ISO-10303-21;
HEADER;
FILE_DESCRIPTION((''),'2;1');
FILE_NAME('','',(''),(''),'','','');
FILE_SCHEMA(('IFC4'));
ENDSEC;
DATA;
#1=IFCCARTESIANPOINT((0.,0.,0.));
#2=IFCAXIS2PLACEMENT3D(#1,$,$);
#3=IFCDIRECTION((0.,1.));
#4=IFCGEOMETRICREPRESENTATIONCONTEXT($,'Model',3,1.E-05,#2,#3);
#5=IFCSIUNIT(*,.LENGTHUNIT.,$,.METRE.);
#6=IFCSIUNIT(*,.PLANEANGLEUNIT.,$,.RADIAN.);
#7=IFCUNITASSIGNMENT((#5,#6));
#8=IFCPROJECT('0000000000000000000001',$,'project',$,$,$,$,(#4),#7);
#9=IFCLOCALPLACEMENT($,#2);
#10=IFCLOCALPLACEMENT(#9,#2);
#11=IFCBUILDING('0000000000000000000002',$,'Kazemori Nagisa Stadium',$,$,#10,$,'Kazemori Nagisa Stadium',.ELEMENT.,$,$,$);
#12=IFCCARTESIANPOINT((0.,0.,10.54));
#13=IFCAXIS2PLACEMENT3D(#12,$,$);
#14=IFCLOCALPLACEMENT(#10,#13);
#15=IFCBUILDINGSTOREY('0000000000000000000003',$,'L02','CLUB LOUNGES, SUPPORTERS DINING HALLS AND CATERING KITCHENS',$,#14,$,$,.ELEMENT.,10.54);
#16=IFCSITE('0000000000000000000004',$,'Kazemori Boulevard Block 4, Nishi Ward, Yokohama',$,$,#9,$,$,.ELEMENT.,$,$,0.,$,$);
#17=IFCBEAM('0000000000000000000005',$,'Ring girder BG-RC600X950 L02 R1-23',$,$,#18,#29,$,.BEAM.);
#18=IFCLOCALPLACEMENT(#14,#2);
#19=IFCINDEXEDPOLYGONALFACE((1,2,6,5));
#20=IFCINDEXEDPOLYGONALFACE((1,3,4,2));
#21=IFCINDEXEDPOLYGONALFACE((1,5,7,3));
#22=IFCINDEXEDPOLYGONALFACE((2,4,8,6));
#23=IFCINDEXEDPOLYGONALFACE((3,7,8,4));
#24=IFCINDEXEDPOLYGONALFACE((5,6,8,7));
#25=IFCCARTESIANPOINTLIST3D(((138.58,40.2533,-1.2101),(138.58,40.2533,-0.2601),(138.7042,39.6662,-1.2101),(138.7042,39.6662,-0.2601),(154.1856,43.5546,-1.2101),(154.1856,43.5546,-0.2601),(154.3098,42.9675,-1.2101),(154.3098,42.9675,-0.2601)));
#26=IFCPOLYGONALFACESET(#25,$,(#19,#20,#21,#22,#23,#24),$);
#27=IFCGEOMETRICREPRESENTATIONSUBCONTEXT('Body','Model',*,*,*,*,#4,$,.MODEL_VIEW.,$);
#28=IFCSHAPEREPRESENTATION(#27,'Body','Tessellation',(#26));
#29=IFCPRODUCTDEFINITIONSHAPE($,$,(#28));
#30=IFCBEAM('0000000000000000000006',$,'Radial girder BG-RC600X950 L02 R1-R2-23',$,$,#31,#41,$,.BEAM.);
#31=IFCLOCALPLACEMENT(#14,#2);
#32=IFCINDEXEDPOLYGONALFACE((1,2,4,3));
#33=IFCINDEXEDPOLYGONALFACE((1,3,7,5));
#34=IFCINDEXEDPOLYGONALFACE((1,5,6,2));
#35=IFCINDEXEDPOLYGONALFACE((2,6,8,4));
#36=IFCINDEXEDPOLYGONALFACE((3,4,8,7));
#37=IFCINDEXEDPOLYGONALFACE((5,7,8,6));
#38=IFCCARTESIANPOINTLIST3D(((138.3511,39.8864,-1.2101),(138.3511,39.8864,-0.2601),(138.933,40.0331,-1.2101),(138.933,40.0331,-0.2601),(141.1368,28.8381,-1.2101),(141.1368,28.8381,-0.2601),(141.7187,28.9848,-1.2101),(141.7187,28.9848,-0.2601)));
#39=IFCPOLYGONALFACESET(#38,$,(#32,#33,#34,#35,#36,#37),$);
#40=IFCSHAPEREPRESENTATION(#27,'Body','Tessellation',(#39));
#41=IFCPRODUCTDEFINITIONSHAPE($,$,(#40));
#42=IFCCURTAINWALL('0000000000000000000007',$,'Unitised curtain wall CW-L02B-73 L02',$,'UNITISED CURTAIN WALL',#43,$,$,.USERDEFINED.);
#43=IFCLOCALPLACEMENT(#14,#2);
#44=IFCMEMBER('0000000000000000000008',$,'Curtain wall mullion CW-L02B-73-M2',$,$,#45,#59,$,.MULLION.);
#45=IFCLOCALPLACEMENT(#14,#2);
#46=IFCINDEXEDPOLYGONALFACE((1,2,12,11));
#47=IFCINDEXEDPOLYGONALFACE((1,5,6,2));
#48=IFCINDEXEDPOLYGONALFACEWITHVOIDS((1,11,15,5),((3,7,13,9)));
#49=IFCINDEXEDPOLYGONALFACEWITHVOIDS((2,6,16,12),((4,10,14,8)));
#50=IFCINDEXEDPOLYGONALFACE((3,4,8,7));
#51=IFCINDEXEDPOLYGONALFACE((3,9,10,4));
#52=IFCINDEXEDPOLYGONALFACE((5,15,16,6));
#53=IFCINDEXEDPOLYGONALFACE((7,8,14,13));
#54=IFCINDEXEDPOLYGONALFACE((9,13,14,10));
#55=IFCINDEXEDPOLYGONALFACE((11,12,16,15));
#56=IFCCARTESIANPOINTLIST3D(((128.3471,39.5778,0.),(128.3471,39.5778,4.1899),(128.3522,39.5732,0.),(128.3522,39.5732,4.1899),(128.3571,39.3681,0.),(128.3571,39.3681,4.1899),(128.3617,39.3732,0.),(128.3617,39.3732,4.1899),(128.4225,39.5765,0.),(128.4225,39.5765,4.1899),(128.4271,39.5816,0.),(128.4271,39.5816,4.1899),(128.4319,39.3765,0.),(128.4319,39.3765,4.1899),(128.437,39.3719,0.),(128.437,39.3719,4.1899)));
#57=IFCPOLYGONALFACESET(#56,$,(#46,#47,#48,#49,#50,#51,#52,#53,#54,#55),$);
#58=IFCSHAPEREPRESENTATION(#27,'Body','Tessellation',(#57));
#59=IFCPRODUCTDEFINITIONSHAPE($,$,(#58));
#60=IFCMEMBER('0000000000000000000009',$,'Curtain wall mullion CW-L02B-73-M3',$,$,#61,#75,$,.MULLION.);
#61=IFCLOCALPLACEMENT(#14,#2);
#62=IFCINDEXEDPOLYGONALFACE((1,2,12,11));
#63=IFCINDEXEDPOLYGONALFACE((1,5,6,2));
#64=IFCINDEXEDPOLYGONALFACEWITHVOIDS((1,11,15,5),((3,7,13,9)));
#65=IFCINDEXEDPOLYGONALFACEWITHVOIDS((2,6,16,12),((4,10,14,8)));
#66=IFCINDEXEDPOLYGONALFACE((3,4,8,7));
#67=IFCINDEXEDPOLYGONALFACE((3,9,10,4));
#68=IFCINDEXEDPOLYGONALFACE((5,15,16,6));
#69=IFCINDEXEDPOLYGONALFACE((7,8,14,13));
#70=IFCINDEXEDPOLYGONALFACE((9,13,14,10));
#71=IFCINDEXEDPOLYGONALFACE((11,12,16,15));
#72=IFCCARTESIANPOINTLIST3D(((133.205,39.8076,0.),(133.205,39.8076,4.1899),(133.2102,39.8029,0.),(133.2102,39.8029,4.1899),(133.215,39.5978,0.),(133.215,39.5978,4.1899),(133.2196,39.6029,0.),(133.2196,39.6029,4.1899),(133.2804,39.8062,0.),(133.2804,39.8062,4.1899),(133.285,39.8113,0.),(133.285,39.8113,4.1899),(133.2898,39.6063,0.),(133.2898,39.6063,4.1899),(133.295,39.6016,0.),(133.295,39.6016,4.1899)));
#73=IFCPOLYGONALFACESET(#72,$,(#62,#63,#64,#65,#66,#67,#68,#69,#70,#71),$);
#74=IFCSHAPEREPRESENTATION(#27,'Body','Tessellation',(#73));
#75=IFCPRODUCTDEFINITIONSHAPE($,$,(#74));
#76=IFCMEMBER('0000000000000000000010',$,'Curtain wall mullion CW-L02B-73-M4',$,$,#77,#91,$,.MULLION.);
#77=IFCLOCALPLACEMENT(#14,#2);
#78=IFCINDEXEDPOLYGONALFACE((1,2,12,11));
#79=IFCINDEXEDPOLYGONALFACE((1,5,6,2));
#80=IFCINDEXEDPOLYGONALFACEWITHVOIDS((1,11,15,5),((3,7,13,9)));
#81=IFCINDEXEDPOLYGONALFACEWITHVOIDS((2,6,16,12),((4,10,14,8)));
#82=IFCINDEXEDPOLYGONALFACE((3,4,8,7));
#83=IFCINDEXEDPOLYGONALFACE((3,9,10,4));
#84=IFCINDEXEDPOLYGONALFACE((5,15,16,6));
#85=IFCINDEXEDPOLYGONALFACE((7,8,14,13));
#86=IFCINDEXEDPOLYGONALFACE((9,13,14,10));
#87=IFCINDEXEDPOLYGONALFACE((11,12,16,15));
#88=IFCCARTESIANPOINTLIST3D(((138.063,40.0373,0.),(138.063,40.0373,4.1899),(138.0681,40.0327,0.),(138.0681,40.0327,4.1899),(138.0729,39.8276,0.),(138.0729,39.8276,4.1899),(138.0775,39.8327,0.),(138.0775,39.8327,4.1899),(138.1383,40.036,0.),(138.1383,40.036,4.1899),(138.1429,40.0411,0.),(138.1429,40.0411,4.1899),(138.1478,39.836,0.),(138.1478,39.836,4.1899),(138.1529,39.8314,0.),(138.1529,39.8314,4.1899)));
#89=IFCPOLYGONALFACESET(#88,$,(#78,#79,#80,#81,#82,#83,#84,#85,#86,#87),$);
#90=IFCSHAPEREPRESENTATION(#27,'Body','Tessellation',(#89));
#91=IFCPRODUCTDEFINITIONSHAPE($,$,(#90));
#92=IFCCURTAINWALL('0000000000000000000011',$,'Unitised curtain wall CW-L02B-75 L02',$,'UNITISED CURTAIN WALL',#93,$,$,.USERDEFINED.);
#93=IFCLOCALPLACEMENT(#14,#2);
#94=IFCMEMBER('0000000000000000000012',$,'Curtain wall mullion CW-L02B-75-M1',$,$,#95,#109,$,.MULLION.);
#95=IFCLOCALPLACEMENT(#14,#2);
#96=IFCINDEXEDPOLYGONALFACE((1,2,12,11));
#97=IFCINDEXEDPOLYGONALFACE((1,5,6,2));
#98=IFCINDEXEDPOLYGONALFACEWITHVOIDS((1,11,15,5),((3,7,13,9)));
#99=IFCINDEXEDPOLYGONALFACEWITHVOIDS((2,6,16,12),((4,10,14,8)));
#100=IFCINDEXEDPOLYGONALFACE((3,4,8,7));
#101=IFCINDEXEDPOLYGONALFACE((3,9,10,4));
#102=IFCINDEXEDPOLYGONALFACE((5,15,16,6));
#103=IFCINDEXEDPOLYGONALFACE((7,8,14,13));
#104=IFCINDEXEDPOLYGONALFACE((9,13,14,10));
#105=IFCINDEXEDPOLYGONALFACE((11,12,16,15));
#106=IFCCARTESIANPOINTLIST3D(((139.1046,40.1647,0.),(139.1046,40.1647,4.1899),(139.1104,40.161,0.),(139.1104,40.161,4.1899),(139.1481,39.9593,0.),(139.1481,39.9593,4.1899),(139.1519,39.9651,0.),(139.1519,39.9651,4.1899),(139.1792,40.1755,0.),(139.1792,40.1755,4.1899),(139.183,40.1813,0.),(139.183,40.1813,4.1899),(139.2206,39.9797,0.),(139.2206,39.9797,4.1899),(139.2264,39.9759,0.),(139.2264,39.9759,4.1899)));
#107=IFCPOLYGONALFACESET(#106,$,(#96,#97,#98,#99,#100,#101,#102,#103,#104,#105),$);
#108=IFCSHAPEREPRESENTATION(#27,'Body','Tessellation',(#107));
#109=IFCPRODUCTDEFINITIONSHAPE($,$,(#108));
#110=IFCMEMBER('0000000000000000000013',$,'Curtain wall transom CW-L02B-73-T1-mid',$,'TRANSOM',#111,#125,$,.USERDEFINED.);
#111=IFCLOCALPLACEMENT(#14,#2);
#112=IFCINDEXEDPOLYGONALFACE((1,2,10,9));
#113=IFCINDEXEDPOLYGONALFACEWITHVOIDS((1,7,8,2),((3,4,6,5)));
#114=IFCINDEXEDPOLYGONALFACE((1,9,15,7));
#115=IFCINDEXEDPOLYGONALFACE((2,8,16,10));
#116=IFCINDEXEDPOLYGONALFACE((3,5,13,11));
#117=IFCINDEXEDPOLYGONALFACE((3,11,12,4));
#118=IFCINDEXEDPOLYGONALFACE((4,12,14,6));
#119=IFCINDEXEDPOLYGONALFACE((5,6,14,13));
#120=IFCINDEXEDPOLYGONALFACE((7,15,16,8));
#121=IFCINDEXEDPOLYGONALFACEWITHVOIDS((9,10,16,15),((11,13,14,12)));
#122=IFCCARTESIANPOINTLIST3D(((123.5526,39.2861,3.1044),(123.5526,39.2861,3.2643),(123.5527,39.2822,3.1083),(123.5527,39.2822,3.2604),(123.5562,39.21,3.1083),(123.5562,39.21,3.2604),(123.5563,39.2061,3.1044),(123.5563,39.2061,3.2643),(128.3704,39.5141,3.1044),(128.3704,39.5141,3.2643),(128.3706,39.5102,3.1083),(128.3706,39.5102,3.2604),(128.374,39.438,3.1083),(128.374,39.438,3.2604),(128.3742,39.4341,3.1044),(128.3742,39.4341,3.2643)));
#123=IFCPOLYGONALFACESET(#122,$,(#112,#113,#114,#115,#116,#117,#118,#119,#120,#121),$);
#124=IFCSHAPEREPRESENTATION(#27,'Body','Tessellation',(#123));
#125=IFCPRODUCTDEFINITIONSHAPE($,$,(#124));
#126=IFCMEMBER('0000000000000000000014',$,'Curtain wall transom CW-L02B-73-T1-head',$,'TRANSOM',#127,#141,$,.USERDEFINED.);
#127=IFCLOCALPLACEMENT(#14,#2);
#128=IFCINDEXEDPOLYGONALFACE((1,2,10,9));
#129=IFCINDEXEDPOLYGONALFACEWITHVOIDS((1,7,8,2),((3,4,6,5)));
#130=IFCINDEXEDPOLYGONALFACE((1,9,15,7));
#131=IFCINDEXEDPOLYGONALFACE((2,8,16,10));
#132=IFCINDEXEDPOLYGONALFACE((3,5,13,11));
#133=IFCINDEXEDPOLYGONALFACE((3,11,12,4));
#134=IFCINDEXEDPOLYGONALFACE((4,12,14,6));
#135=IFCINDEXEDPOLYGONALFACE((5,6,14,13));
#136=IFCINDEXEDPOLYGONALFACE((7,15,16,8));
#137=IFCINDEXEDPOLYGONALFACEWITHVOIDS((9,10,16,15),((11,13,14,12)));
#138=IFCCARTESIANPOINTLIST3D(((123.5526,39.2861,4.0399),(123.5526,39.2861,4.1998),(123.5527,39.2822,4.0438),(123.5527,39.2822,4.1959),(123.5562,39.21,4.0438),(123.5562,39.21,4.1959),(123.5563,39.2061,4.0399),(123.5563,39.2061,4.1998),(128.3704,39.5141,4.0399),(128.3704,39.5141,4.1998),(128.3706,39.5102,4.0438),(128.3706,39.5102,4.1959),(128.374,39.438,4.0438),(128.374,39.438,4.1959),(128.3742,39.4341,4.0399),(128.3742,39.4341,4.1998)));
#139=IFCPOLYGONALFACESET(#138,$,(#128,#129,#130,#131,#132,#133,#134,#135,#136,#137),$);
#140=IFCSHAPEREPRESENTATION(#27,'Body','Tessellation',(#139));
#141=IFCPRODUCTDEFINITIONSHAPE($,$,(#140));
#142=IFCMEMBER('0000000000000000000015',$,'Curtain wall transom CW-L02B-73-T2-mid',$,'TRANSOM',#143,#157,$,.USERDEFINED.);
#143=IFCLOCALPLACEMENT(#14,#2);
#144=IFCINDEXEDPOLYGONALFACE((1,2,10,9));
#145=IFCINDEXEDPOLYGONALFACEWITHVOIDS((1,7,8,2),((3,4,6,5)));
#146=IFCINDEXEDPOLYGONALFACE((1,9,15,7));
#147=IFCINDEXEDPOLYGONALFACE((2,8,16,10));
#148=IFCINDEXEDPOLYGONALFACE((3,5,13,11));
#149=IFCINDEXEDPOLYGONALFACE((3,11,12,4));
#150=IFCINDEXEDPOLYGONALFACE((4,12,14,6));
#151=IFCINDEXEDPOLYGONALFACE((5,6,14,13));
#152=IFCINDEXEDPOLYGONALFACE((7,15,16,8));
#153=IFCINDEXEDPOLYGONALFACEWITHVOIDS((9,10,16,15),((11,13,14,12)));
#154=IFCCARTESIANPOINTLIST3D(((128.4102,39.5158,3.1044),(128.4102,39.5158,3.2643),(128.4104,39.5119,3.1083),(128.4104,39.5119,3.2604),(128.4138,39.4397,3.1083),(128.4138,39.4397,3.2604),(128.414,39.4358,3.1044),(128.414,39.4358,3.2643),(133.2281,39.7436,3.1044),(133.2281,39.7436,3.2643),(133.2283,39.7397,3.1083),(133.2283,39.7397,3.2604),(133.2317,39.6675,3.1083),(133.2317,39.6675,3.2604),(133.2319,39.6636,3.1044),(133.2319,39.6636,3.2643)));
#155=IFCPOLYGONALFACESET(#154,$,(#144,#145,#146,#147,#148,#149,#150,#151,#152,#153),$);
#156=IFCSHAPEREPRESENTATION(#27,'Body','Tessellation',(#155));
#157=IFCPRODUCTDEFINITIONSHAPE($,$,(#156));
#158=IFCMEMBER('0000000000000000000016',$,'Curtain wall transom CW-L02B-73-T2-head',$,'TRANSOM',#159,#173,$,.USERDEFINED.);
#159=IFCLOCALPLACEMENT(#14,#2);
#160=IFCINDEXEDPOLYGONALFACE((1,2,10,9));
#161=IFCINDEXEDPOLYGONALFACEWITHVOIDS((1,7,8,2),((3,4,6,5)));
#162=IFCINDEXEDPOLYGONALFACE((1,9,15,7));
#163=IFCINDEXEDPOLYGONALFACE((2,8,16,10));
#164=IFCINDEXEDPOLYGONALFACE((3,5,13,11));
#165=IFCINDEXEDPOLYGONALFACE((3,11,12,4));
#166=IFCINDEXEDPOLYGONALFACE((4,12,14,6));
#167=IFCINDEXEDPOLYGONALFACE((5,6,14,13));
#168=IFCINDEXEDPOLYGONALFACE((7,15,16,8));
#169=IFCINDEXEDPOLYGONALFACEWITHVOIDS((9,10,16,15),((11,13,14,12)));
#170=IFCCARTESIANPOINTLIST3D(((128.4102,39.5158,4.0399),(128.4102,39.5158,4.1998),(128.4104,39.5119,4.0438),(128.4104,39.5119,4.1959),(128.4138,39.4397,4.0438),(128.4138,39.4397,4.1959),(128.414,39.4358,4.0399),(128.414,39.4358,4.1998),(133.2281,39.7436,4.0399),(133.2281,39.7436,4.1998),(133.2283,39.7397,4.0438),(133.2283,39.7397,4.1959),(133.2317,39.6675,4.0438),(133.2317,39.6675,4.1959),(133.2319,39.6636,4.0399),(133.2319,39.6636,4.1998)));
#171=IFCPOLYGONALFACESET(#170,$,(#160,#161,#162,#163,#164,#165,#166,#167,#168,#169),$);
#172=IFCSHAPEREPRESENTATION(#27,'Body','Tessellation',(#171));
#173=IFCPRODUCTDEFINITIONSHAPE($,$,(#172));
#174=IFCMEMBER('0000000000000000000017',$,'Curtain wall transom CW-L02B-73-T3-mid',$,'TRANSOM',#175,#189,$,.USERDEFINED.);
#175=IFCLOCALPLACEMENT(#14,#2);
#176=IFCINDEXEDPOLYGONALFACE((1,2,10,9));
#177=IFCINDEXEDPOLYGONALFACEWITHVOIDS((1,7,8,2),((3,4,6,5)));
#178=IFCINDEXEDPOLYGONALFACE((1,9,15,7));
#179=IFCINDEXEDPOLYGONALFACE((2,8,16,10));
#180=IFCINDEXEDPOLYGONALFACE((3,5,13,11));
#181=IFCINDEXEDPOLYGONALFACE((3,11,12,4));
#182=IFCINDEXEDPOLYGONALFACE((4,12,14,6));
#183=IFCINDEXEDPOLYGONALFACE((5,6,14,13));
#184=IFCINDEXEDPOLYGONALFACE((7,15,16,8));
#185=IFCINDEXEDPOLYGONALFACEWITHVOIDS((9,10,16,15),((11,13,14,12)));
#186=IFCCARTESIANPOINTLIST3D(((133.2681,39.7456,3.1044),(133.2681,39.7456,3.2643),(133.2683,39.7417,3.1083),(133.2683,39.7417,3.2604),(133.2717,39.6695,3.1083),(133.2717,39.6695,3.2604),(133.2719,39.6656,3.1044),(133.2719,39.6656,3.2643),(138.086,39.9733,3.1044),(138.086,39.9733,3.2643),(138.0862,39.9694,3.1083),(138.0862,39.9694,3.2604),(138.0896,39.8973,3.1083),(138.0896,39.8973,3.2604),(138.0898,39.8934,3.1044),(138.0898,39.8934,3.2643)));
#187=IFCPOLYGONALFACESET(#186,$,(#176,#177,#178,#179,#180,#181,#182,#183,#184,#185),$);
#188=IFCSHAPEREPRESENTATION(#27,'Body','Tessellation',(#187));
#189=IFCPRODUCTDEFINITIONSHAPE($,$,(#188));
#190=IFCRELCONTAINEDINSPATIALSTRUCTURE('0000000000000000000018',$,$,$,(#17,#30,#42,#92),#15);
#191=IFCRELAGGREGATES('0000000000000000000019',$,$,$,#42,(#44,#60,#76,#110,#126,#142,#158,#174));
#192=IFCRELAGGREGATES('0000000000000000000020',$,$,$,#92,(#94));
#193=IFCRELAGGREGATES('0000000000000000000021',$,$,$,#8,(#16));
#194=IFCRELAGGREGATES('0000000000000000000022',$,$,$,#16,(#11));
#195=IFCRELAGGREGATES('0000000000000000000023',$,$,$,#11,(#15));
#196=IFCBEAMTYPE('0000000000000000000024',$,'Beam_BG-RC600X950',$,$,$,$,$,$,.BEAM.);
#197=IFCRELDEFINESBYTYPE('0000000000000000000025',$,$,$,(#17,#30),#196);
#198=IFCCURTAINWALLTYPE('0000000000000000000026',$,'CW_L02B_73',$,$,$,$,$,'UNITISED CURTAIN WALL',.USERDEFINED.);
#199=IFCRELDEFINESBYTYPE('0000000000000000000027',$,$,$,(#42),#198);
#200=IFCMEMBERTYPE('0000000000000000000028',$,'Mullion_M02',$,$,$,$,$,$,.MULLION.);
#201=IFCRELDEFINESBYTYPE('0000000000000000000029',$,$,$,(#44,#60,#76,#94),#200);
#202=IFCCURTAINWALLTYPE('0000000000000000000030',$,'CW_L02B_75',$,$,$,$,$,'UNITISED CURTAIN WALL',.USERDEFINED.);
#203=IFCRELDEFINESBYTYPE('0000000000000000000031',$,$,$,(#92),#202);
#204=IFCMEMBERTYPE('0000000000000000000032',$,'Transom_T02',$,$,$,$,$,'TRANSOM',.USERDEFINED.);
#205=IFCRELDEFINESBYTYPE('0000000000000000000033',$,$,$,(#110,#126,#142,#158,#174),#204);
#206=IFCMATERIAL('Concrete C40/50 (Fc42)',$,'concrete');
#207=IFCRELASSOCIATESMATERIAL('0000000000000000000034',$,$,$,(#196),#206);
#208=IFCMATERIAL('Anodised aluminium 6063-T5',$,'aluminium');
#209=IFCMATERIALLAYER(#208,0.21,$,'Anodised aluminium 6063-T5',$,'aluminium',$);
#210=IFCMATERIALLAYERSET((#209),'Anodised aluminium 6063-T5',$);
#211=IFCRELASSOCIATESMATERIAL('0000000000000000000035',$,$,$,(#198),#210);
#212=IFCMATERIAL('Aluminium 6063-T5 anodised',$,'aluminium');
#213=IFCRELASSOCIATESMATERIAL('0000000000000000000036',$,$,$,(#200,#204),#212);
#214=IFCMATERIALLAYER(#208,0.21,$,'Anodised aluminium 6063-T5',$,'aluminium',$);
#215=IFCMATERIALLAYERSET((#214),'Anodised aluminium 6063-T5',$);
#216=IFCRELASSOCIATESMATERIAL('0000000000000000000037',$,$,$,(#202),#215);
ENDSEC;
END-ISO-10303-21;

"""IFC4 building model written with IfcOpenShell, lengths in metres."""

from ifc_helpers import new_model, si_unit, direction, frame, origin, origin_2d, place, context, subcontext, project, spatial, rectangle, hollow_rectangle, extrude, material, layer, layer_set, material_profile, profile_set, type_object, element, aggregate, save


model = new_model("IFC4")

# Units and contexts
model_context = context("Model", 3, precision=1e-05, world=origin(), true_north=direction((0.0, 1.0)))
body_context = subcontext(model_context, "Body", "Model", "MODEL_VIEW")
ifc_project = project(units=[si_unit("LENGTHUNIT", "METRE"), si_unit("PLANEANGLEUNIT", "RADIAN")], contexts=[model_context])

# Site, building, storey
site_placement = place(None, origin())
site = spatial("IfcSite", under=ifc_project, at=site_placement, Name="Kazemori Boulevard Block 4, Nishi Ward, Yokohama", CompositionType="ELEMENT", RefElevation=0.0)
building_placement = place(site_placement, origin())
building = spatial("IfcBuilding", under=site, at=building_placement, Name="Kazemori Nagisa Stadium", LongName="Kazemori Nagisa Stadium", CompositionType="ELEMENT")
storey_placement = place(building_placement, frame((0.0, 0.0, 10.54)))
storey = spatial("IfcBuildingStorey", under=building, at=storey_placement, Name="L02", Description="CLUB LOUNGES, SUPPORTERS DINING HALLS AND CATERING KITCHENS", CompositionType="ELEMENT", Elevation=10.54)

# Shared definitions
ifc_material_1 = material(Name="Concrete C40/50 (Fc42)", Category="concrete")

# Beams
ifc_material_profile_1 = material_profile(ifc_material_1, rectangle(XDim=0.6001, YDim=0.95, at=origin_2d()), Name="RC-BM-600x950")
ifc_profile_set_1 = profile_set([ifc_material_profile_1], Name="Concrete C40/50 (Fc42)")
beam_type = type_object("IfcBeamType", Name="Beam_BG-RC600X950", PredefinedType="BEAM", material=ifc_profile_set_1)
beam_1_placement = place(storey_placement, frame((138.6421, 39.9597, -0.7351), z_axis=(0.978348, 0.206965, 0.0), x_axis=(-0.206965, 0.978348, 0.0)))
element("IfcBeam", 1, at=beam_1_placement, inside=storey, type_object=beam_type, Name="Ring girder BG-RC600X950 L02 R1-23", PredefinedType="BEAM", context=body_context, shape_type="SweptSolid", body=[
    extrude(rectangle(XDim=0.6001, YDim=0.95, at=origin_2d()), origin(), (0.0, 0.0, 1.0), 15.9509),
])
beam_2_placement = place(storey_placement, frame((138.6421, 39.9597, -0.7351), z_axis=(0.244481, -0.969654, 0.0), x_axis=(0.969654, 0.244481, 0.0)))
element("IfcBeam", 2, at=beam_2_placement, inside=storey, type_object=beam_type, Name="Radial girder BG-RC600X950 L02 R1-R2-23", PredefinedType="BEAM", context=body_context, shape_type="SweptSolid", body=[
    extrude(rectangle(XDim=0.6001, YDim=0.95, at=origin_2d()), origin(), (0.0, 0.0, 1.0), 11.394),
])

# Curtain wall, members
ifc_material_2 = material(Name="Anodised aluminium 6063-T5", Category="aluminium")
ifc_layer_1 = layer(ifc_material_2, 0.21, Name="Anodised aluminium 6063-T5", Category="aluminium")
ifc_layer_set_1 = layer_set([ifc_layer_1], Name="Anodised aluminium 6063-T5")
curtain_wall_type_1 = type_object("IfcCurtainWallType", Name="CW_L02B_73", ElementType="UNITISED CURTAIN WALL", PredefinedType="USERDEFINED", material=ifc_layer_set_1)
curtain_wall_1_placement = place(storey_placement, origin())
curtain_wall_1 = element("IfcCurtainWall", 3, at=curtain_wall_1_placement, inside=storey, type_object=curtain_wall_type_1, Name="Unitised curtain wall CW-L02B-73 L02", ObjectType="UNITISED CURTAIN WALL", PredefinedType="USERDEFINED")
ifc_material_3 = material(Name="Aluminium 6063-T5 anodised", Category="aluminium")
ifc_material_profile_2 = material_profile(ifc_material_3, hollow_rectangle(XDim=0.0801, YDim=0.21, WallThickness=0.0049, at=origin_2d()), Name="ALU-MULL-80x210x5")
ifc_profile_set_2 = profile_set([ifc_material_profile_2], Name="Aluminium 6063-T5 anodised")
member_type_1 = type_object("IfcMemberType", Name="Mullion_M02", PredefinedType="MULLION", material=ifc_profile_set_2)
member_1_placement = place(storey_placement, frame((128.3921, 39.4749, 0.0), z_axis=(0.0, 0.0, 1.0), x_axis=(0.998884, 0.04723, 0.0)))
member_1 = element("IfcMember", 4, at=member_1_placement, type_object=member_type_1, Name="Curtain wall mullion CW-L02B-73-M2", PredefinedType="MULLION", context=body_context, shape_type="SweptSolid", body=[
    extrude(hollow_rectangle(XDim=0.0801, YDim=0.21, WallThickness=0.0049, at=origin_2d()), origin(), (0.0, 0.0, 1.0), 4.1899),
])
member_2_placement = place(storey_placement, frame((133.25, 39.7046, 0.0), z_axis=(0.0, 0.0, 1.0), x_axis=(0.998884, 0.04723, 0.0)))
member_2 = element("IfcMember", 5, at=member_2_placement, type_object=member_type_1, Name="Curtain wall mullion CW-L02B-73-M3", PredefinedType="MULLION", context=body_context, shape_type="SweptSolid", body=[
    extrude(hollow_rectangle(XDim=0.0801, YDim=0.21, WallThickness=0.0049, at=origin_2d()), origin(), (0.0, 0.0, 1.0), 4.1899),
])
member_3_placement = place(storey_placement, frame((138.1079, 39.9343, 0.0), z_axis=(0.0, 0.0, 1.0), x_axis=(0.998884, 0.04723, 0.0)))
member_3 = element("IfcMember", 6, at=member_3_placement, type_object=member_type_1, Name="Curtain wall mullion CW-L02B-73-M4", PredefinedType="MULLION", context=body_context, shape_type="SweptSolid", body=[
    extrude(hollow_rectangle(XDim=0.0801, YDim=0.21, WallThickness=0.0049, at=origin_2d()), origin(), (0.0, 0.0, 1.0), 4.1899),
])

# Curtain wall, member
ifc_layer_2 = layer(ifc_material_2, 0.21, Name="Anodised aluminium 6063-T5", Category="aluminium")
ifc_layer_set_2 = layer_set([ifc_layer_2], Name="Anodised aluminium 6063-T5")
curtain_wall_type_2 = type_object("IfcCurtainWallType", Name="CW_L02B_75", ElementType="UNITISED CURTAIN WALL", PredefinedType="USERDEFINED", material=ifc_layer_set_2)
curtain_wall_2_placement = place(storey_placement, origin())
curtain_wall_2 = element("IfcCurtainWall", 7, at=curtain_wall_2_placement, inside=storey, type_object=curtain_wall_type_2, Name="Unitised curtain wall CW-L02B-75 L02", ObjectType="UNITISED CURTAIN WALL", PredefinedType="USERDEFINED")
member_4_placement = place(storey_placement, frame((139.1655, 40.0703, 0.0), z_axis=(0.0, 0.0, 1.0), x_axis=(0.978345, 0.206981, 0.0)))
member_4 = element("IfcMember", 8, at=member_4_placement, type_object=member_type_1, Name="Curtain wall mullion CW-L02B-75-M1", PredefinedType="MULLION", context=body_context, shape_type="SweptSolid", body=[
    extrude(hollow_rectangle(XDim=0.0801, YDim=0.21, WallThickness=0.0049, at=origin_2d()), origin(), (0.0, 0.0, 1.0), 4.1899),
])

# Members
ifc_material_profile_3 = material_profile(ifc_material_3, hollow_rectangle(XDim=0.0801, YDim=0.1599, WallThickness=0.0039, at=origin_2d()), Name="ALU-TRAN-80x160x4")
ifc_profile_set_3 = profile_set([ifc_material_profile_3], Name="Aluminium 6063-T5 anodised")
member_type_2 = type_object("IfcMemberType", Name="Transom_T02", ElementType="TRANSOM", PredefinedType="USERDEFINED", material=ifc_profile_set_3)
member_5_placement = place(storey_placement, frame((123.5544, 39.2461, 3.1843), z_axis=(0.998882, 0.047277, 0.0), x_axis=(-0.047277, 0.998882, 0.0)))
member_5 = element("IfcMember", 9, at=member_5_placement, type_object=member_type_2, Name="Curtain wall transom CW-L02B-73-T1-mid", ObjectType="TRANSOM", PredefinedType="USERDEFINED", context=body_context, shape_type="SweptSolid", body=[
    extrude(hollow_rectangle(XDim=0.0801, YDim=0.1599, WallThickness=0.0039, at=origin_2d()), origin(), (0.0, 0.0, 1.0), 4.8232),
])
member_6_placement = place(storey_placement, frame((123.5544, 39.2461, 4.1199), z_axis=(0.998882, 0.047277, 0.0), x_axis=(-0.047277, 0.998882, 0.0)))
member_6 = element("IfcMember", 10, at=member_6_placement, type_object=member_type_2, Name="Curtain wall transom CW-L02B-73-T1-head", ObjectType="TRANSOM", PredefinedType="USERDEFINED", context=body_context, shape_type="SweptSolid", body=[
    extrude(hollow_rectangle(XDim=0.0801, YDim=0.1599, WallThickness=0.0039, at=origin_2d()), origin(), (0.0, 0.0, 1.0), 4.8232),
])
member_7_placement = place(storey_placement, frame((128.4121, 39.4758, 3.1843), z_axis=(0.998884, 0.047226, 0.0), x_axis=(-0.047226, 0.998884, 0.0)))
member_7 = element("IfcMember", 11, at=member_7_placement, type_object=member_type_2, Name="Curtain wall transom CW-L02B-73-T2-mid", ObjectType="TRANSOM", PredefinedType="USERDEFINED", context=body_context, shape_type="SweptSolid", body=[
    extrude(hollow_rectangle(XDim=0.0801, YDim=0.1599, WallThickness=0.0039, at=origin_2d()), origin(), (0.0, 0.0, 1.0), 4.8232),
])
member_8_placement = place(storey_placement, frame((128.4121, 39.4758, 4.1199), z_axis=(0.998884, 0.047226, 0.0), x_axis=(-0.047226, 0.998884, 0.0)))
member_8 = element("IfcMember", 12, at=member_8_placement, type_object=member_type_2, Name="Curtain wall transom CW-L02B-73-T2-head", ObjectType="TRANSOM", PredefinedType="USERDEFINED", context=body_context, shape_type="SweptSolid", body=[
    extrude(hollow_rectangle(XDim=0.0801, YDim=0.1599, WallThickness=0.0039, at=origin_2d()), origin(), (0.0, 0.0, 1.0), 4.8232),
])
member_9_placement = place(storey_placement, frame((133.27, 39.7056, 3.1843), z_axis=(0.998884, 0.047226, 0.0), x_axis=(-0.047226, 0.998884, 0.0)))
member_9 = element("IfcMember", 13, at=member_9_placement, type_object=member_type_2, Name="Curtain wall transom CW-L02B-73-T3-mid", ObjectType="TRANSOM", PredefinedType="USERDEFINED", context=body_context, shape_type="SweptSolid", body=[
    extrude(hollow_rectangle(XDim=0.0801, YDim=0.1599, WallThickness=0.0039, at=origin_2d()), origin(), (0.0, 0.0, 1.0), 4.8232),
])

aggregate(curtain_wall_1, [member_1, member_2, member_3, member_5, member_6, member_7, member_8, member_9])
aggregate(curtain_wall_2, [member_4])

save(model, "model.ifc")
